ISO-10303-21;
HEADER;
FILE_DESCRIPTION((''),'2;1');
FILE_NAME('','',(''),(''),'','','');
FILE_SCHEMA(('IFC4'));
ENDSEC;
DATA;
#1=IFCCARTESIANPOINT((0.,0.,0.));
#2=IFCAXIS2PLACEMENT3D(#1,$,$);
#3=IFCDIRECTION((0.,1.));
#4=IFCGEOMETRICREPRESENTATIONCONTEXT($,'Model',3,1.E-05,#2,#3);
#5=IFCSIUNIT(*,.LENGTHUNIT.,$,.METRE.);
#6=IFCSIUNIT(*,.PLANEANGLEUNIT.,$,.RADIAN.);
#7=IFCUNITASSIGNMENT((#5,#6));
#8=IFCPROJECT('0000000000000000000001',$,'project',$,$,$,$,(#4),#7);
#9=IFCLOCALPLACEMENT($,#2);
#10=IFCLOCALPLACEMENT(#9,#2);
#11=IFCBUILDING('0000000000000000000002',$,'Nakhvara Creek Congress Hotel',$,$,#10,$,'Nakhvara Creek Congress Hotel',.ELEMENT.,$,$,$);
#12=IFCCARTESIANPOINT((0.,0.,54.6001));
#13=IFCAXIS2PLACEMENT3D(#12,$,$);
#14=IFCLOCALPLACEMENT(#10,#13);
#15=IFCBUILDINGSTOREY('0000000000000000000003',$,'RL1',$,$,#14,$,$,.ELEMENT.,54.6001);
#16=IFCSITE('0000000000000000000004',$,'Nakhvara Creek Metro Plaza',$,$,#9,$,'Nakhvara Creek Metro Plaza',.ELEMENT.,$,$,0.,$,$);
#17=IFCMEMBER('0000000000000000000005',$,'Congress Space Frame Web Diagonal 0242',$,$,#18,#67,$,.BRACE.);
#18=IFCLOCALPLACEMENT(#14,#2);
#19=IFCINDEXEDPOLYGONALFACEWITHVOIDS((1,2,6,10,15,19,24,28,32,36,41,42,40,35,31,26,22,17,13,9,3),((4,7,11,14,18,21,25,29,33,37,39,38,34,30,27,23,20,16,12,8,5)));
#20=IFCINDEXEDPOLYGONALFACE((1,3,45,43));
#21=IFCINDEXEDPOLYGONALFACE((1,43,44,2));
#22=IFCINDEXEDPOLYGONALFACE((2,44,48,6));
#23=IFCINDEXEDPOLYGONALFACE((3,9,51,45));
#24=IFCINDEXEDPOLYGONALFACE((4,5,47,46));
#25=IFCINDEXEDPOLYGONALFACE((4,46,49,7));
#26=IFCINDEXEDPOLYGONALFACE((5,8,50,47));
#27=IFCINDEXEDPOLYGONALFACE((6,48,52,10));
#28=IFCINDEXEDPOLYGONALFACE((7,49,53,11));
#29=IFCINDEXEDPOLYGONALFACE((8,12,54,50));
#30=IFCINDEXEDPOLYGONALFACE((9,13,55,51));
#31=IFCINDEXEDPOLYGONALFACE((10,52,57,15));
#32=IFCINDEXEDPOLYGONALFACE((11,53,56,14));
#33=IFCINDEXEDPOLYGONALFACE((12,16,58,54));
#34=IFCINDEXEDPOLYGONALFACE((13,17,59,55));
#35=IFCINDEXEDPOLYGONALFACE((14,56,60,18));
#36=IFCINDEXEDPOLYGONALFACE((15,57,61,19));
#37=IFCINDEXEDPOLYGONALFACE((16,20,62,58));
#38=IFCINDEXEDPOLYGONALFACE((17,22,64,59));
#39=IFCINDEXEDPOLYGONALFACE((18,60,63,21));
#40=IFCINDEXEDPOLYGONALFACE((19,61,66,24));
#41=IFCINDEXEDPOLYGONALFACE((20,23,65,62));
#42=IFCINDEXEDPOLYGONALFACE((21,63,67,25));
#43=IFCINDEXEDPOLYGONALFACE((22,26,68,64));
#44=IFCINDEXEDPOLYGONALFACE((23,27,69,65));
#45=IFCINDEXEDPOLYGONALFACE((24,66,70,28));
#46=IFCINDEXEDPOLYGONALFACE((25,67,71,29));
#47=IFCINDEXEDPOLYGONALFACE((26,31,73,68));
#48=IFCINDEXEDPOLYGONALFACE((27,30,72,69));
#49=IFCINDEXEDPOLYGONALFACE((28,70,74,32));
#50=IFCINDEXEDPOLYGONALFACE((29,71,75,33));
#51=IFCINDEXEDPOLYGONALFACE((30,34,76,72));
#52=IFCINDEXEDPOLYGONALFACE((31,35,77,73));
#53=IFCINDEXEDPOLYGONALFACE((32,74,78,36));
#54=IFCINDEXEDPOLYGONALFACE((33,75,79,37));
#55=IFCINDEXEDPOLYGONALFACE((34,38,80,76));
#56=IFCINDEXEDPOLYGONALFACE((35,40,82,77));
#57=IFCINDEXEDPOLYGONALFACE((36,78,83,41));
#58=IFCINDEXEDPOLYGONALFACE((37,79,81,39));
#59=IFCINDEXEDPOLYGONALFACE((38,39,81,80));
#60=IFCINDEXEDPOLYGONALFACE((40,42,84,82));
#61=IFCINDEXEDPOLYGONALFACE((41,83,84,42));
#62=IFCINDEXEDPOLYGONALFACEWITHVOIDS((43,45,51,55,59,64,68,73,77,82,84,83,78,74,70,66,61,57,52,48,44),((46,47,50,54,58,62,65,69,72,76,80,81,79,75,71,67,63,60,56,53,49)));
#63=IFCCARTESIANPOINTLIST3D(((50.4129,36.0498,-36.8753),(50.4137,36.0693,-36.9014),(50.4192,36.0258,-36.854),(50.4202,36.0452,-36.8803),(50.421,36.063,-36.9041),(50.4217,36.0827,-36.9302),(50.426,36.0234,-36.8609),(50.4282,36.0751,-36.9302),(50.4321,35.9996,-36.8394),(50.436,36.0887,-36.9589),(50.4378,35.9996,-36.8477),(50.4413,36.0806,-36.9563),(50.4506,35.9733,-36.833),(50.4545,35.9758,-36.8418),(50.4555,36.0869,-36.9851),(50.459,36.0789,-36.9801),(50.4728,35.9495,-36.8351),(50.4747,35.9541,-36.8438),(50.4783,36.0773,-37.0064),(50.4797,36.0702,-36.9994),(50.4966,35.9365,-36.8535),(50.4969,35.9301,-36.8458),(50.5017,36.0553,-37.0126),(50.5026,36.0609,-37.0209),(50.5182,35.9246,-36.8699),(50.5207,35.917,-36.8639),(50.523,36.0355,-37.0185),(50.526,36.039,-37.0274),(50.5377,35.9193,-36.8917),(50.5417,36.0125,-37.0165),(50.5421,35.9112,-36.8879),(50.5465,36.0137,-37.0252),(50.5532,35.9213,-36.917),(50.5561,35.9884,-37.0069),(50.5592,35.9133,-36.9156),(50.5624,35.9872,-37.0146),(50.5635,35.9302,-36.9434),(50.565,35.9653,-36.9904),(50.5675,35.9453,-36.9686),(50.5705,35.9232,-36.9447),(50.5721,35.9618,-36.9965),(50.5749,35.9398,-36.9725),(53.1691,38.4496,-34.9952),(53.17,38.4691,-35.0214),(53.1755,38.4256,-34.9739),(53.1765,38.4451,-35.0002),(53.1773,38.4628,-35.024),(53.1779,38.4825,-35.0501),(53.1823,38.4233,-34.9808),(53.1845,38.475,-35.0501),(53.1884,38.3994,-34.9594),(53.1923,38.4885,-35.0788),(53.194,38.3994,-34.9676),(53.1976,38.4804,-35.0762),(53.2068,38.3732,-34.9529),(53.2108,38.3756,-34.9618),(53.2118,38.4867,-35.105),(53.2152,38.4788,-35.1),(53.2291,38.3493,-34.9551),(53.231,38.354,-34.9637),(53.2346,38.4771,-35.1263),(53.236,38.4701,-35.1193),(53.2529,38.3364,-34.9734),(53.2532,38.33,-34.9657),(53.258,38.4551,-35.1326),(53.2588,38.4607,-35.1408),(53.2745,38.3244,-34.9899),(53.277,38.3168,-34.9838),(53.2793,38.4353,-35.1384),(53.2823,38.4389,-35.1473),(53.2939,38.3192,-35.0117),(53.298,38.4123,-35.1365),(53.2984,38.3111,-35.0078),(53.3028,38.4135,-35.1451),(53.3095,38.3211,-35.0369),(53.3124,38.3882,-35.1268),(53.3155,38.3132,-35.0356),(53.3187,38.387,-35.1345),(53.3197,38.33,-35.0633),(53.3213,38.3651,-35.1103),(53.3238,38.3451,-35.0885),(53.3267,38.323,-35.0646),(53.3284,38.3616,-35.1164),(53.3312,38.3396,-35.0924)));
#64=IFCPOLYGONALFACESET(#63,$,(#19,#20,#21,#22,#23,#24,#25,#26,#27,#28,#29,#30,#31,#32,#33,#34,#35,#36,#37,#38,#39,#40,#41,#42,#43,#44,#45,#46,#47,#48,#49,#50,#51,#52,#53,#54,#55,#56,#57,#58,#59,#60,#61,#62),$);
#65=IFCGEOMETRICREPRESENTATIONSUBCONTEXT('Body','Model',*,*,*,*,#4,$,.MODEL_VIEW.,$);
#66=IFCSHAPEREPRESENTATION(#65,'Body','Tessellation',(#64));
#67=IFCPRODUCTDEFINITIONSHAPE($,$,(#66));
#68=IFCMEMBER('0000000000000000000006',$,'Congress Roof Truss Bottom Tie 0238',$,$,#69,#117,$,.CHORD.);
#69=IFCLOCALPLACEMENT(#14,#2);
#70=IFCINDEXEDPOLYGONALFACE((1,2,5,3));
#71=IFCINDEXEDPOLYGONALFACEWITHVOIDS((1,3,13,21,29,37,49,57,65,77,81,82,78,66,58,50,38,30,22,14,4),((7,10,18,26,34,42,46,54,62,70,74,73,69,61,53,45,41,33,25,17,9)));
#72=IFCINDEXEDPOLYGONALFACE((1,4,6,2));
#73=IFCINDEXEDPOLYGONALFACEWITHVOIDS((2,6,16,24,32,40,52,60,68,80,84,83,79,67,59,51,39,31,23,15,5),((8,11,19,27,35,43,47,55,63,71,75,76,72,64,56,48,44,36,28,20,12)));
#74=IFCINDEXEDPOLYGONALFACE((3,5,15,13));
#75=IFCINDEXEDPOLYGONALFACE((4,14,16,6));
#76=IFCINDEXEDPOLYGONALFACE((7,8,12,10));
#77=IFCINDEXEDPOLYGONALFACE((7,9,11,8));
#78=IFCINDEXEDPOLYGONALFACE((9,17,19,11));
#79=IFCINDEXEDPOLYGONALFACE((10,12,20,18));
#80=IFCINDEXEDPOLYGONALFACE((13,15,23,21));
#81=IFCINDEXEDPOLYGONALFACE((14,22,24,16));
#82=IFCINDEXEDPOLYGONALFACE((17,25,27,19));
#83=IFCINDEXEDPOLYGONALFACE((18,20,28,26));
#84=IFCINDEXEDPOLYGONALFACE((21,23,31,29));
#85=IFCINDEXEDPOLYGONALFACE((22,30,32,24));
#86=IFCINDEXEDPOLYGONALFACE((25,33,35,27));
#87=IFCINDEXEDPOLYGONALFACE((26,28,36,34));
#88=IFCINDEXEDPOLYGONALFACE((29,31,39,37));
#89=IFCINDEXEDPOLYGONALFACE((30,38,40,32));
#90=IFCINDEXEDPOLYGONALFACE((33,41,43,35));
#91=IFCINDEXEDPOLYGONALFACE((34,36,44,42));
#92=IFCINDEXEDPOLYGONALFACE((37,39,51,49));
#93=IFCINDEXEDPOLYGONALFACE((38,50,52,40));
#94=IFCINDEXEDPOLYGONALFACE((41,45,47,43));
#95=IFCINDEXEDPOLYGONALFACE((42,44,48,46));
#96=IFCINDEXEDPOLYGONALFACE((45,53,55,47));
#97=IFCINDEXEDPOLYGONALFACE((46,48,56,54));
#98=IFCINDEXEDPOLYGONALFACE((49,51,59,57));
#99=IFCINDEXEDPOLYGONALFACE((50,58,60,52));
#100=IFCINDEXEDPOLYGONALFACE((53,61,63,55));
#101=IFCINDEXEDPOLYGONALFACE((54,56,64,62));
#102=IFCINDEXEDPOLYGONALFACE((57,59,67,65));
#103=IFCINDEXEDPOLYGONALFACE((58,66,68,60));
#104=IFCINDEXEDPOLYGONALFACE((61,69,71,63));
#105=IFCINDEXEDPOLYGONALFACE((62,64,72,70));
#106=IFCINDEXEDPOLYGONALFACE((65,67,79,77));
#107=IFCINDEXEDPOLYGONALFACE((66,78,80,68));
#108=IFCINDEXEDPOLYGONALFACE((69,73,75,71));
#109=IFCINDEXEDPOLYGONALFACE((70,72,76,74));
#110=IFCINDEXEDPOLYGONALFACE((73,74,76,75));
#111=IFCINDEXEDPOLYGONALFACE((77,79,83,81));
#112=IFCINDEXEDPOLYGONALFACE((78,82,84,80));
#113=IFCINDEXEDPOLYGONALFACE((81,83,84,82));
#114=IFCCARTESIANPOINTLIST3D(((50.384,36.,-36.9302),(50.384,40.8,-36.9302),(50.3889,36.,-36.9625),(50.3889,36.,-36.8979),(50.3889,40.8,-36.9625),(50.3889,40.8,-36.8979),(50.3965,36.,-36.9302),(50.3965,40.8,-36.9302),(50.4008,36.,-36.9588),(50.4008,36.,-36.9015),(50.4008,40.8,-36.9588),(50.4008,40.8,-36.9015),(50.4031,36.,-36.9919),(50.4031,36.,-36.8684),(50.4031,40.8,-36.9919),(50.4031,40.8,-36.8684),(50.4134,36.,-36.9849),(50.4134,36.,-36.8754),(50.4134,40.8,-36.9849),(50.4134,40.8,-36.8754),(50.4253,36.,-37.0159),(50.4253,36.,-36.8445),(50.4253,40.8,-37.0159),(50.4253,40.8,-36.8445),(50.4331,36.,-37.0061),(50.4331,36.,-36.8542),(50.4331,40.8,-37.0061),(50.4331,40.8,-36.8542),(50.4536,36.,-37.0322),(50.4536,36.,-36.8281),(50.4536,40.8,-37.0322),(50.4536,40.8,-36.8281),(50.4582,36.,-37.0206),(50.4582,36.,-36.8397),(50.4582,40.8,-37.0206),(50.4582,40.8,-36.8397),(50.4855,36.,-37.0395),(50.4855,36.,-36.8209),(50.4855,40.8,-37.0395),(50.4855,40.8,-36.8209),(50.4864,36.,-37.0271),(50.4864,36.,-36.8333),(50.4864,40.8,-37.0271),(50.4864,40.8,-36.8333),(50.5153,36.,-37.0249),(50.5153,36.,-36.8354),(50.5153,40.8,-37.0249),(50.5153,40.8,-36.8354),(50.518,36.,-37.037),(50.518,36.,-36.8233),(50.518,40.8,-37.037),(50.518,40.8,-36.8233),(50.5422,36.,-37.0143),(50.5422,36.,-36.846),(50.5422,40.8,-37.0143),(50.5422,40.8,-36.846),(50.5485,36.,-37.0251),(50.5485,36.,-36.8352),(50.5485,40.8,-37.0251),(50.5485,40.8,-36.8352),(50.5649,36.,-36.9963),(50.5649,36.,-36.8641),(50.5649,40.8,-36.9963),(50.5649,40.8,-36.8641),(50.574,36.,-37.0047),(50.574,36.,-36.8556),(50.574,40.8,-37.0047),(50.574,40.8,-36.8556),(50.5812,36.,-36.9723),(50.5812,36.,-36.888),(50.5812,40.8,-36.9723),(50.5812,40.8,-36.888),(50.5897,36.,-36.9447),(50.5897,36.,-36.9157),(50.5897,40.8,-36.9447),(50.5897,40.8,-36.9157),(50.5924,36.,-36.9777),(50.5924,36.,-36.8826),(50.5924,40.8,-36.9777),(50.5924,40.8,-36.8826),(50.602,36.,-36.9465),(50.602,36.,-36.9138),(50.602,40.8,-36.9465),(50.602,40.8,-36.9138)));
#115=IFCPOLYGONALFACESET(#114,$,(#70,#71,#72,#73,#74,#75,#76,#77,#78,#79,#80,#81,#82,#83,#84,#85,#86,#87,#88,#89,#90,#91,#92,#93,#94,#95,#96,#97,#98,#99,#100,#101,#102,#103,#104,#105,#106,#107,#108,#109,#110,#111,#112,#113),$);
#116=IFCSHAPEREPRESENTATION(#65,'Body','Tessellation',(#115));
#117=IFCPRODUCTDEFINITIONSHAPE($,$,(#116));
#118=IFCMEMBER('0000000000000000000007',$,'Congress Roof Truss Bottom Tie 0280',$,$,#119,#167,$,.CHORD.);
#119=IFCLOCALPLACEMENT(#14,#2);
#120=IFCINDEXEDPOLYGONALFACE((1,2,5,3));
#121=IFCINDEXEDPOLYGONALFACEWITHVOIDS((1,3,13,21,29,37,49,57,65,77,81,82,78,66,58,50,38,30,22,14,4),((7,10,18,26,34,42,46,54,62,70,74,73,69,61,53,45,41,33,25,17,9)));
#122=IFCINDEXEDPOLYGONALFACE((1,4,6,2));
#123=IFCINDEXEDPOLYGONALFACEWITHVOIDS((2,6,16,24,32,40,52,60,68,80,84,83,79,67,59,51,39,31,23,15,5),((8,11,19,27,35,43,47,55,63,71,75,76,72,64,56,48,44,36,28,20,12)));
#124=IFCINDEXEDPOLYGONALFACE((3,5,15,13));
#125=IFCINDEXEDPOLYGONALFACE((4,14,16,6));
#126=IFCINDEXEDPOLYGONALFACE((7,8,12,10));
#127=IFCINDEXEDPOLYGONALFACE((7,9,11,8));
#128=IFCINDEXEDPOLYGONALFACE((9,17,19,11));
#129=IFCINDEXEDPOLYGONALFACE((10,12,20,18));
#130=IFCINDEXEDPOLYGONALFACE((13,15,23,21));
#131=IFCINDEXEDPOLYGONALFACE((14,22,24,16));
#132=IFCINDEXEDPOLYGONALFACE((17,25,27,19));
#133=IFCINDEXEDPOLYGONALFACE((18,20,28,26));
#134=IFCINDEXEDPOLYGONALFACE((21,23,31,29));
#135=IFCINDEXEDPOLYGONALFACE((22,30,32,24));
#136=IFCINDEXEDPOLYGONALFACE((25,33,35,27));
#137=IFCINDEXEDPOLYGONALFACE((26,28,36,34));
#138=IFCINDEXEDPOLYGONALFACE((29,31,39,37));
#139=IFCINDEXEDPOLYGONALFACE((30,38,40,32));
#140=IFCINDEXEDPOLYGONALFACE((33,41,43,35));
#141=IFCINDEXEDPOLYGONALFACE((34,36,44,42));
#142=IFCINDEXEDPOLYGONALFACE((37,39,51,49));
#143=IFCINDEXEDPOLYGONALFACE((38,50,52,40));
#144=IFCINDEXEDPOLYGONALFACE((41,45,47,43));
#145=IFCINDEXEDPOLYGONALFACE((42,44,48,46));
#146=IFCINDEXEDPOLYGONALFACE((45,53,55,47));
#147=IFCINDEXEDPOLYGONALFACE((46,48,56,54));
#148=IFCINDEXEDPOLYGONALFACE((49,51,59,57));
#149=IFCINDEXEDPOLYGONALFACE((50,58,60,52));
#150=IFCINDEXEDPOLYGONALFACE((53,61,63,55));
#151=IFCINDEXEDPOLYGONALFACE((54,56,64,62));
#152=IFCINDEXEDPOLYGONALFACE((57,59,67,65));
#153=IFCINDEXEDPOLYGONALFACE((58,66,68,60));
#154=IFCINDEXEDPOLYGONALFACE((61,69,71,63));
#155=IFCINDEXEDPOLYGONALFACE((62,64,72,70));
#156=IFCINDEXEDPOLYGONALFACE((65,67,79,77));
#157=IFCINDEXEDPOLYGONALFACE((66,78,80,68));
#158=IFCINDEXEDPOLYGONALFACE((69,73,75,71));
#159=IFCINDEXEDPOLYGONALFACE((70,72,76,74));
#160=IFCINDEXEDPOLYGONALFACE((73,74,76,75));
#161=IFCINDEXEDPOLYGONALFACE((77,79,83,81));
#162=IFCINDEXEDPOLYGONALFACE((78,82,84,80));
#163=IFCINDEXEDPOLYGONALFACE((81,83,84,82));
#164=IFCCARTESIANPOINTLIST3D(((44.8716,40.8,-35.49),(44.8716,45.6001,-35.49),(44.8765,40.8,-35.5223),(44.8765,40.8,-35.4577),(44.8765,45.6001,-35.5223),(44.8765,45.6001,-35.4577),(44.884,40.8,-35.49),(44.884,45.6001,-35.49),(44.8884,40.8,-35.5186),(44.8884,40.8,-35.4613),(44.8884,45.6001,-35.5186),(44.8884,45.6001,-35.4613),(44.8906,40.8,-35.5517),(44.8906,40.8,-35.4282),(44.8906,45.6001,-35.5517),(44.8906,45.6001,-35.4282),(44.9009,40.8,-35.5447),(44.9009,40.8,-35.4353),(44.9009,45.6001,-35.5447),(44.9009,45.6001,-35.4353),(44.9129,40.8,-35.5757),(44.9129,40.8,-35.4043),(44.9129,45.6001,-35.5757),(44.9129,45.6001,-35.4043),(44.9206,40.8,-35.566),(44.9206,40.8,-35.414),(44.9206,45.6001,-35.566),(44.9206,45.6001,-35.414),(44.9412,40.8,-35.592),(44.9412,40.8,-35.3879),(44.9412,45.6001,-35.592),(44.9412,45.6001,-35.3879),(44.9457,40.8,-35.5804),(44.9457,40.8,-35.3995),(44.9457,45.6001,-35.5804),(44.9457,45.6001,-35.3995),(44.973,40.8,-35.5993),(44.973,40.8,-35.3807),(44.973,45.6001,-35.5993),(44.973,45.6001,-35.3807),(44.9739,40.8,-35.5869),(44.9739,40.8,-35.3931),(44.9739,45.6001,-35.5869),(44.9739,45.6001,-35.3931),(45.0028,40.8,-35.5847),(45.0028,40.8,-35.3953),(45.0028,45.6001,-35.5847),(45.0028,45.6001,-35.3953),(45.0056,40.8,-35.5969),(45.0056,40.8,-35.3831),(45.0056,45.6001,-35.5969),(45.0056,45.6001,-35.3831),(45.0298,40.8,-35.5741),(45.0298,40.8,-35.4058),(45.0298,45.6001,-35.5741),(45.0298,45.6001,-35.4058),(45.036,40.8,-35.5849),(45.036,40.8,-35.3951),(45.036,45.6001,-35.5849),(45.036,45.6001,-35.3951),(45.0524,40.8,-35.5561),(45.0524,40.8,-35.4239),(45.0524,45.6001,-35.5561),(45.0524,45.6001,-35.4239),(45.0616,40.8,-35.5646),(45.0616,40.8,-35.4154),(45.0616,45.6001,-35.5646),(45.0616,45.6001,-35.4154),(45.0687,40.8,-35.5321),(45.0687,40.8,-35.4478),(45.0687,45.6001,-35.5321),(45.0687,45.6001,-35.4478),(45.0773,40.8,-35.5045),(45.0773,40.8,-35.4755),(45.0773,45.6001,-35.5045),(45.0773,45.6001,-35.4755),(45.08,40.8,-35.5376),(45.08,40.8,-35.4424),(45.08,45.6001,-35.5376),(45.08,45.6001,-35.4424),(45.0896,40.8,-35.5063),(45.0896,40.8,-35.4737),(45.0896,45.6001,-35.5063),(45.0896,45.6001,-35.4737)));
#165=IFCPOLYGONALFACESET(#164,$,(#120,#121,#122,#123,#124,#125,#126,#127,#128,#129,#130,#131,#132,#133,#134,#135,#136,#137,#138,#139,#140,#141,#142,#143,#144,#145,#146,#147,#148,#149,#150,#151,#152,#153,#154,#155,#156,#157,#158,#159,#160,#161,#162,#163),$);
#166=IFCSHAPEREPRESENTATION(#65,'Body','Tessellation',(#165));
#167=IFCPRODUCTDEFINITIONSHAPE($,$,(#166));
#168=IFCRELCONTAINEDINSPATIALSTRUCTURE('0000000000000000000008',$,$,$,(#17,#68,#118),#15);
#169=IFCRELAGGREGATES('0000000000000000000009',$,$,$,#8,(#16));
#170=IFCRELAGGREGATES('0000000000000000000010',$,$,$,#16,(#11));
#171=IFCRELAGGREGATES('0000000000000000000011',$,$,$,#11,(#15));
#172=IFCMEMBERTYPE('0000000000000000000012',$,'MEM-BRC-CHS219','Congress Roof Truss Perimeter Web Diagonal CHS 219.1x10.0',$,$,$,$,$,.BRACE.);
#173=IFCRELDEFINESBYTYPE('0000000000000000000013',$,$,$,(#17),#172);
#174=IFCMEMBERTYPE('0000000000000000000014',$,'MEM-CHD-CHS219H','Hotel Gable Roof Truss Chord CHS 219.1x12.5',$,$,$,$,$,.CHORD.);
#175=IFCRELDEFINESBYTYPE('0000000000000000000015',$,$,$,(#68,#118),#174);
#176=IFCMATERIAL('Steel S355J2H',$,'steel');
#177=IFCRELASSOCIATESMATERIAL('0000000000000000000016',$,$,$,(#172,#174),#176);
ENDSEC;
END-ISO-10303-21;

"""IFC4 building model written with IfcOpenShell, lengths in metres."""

from ifc_helpers import new_model, si_unit, direction, frame, origin, origin_2d, place, context, subcontext, project, spatial, hollow_circle, extrude, material, material_profile, profile_set, type_object, element, save


model = new_model("IFC4")

# Units and contexts
model_context = context("Model", 3, precision=1e-05, world=origin(), true_north=direction((0.0, 1.0)))
body_context = subcontext(model_context, "Body", "Model", "MODEL_VIEW")
ifc_project = project(units=[si_unit("LENGTHUNIT", "METRE"), si_unit("PLANEANGLEUNIT", "RADIAN")], contexts=[model_context])

# Site, building, storey
site_placement = place(None, origin())
site = spatial("IfcSite", under=ifc_project, at=site_placement, Name="Nakhvara Creek Metro Plaza", LongName="Nakhvara Creek Metro Plaza", CompositionType="ELEMENT", RefElevation=0.0)
building_placement = place(site_placement, origin())
building = spatial("IfcBuilding", under=site, at=building_placement, Name="Nakhvara Creek Congress Hotel", LongName="Nakhvara Creek Congress Hotel", CompositionType="ELEMENT")
storey_placement = place(building_placement, frame((0.0, 0.0, 54.6001)))
storey = spatial("IfcBuildingStorey", under=building, at=storey_placement, Name="RL1", CompositionType="ELEMENT", Elevation=54.6001)

# Members
ifc_material_1 = material(Name="Steel S355J2H", Category="steel")
ifc_material_profile_1 = material_profile(ifc_material_1, hollow_circle(Radius=0.1096, WallThickness=0.01, at=origin_2d()), Name="CHS 219.1x10.0", Category="LoadBearing")
ifc_profile_set_1 = profile_set([ifc_material_profile_1], Name="Steel S355J2H")
member_type_1 = type_object("IfcMemberType", Name="MEM-BRC-CHS219", Description="Congress Roof Truss Perimeter Web Diagonal CHS 219.1x10.0", PredefinedType="BRACE", material=ifc_profile_set_1)
for number, where, z_axis, x_axis, name in (
    (1, (50.4937, 36.0, -36.9302), (0.670649, 0.583922, 0.457455), (-0.656658, 0.754188, 0.0), "Congress Space Frame Web Diagonal 0242"),
):
    element("IfcMember", number, at=place(storey_placement, frame(where, z_axis=z_axis, x_axis=x_axis)), inside=storey, type_object=member_type_1, Name=name, PredefinedType="BRACE", context=body_context, shape_type="SweptSolid", body=[
        extrude(hollow_circle(Radius=0.1096, WallThickness=0.01, at=origin_2d()), origin(), (0.0, 0.0, 1.0), 4.1099),
    ])
ifc_material_profile_2 = material_profile(ifc_material_1, hollow_circle(Radius=0.1096, WallThickness=0.0125, at=origin_2d()), Name="CHS 219.1x12.5", Category="LoadBearing")
ifc_profile_set_2 = profile_set([ifc_material_profile_2], Name="Steel S355J2H")
member_type_2 = type_object("IfcMemberType", Name="MEM-CHD-CHS219H", Description="Hotel Gable Roof Truss Chord CHS 219.1x12.5", PredefinedType="CHORD", material=ifc_profile_set_2)
for number, where, z_axis, x_axis, name in (
    (2, (50.4937, 36.0, -36.9302), (0.0, 1.0, 0.0), (-1.0, 0.0, 0.0), "Congress Roof Truss Bottom Tie 0238"),
    (3, (44.9812, 40.8, -35.49), (0.0, 1.0, 0.0), (-1.0, 0.0, 0.0), "Congress Roof Truss Bottom Tie 0280"),
):
    element("IfcMember", number, at=place(storey_placement, frame(where, z_axis=z_axis, x_axis=x_axis)), inside=storey, type_object=member_type_2, Name=name, PredefinedType="CHORD", context=body_context, shape_type="SweptSolid", body=[
        extrude(hollow_circle(Radius=0.1096, WallThickness=0.0125, at=origin_2d()), origin(), (0.0, 0.0, 1.0), 4.8),
    ])

save(model, "model.ifc")
